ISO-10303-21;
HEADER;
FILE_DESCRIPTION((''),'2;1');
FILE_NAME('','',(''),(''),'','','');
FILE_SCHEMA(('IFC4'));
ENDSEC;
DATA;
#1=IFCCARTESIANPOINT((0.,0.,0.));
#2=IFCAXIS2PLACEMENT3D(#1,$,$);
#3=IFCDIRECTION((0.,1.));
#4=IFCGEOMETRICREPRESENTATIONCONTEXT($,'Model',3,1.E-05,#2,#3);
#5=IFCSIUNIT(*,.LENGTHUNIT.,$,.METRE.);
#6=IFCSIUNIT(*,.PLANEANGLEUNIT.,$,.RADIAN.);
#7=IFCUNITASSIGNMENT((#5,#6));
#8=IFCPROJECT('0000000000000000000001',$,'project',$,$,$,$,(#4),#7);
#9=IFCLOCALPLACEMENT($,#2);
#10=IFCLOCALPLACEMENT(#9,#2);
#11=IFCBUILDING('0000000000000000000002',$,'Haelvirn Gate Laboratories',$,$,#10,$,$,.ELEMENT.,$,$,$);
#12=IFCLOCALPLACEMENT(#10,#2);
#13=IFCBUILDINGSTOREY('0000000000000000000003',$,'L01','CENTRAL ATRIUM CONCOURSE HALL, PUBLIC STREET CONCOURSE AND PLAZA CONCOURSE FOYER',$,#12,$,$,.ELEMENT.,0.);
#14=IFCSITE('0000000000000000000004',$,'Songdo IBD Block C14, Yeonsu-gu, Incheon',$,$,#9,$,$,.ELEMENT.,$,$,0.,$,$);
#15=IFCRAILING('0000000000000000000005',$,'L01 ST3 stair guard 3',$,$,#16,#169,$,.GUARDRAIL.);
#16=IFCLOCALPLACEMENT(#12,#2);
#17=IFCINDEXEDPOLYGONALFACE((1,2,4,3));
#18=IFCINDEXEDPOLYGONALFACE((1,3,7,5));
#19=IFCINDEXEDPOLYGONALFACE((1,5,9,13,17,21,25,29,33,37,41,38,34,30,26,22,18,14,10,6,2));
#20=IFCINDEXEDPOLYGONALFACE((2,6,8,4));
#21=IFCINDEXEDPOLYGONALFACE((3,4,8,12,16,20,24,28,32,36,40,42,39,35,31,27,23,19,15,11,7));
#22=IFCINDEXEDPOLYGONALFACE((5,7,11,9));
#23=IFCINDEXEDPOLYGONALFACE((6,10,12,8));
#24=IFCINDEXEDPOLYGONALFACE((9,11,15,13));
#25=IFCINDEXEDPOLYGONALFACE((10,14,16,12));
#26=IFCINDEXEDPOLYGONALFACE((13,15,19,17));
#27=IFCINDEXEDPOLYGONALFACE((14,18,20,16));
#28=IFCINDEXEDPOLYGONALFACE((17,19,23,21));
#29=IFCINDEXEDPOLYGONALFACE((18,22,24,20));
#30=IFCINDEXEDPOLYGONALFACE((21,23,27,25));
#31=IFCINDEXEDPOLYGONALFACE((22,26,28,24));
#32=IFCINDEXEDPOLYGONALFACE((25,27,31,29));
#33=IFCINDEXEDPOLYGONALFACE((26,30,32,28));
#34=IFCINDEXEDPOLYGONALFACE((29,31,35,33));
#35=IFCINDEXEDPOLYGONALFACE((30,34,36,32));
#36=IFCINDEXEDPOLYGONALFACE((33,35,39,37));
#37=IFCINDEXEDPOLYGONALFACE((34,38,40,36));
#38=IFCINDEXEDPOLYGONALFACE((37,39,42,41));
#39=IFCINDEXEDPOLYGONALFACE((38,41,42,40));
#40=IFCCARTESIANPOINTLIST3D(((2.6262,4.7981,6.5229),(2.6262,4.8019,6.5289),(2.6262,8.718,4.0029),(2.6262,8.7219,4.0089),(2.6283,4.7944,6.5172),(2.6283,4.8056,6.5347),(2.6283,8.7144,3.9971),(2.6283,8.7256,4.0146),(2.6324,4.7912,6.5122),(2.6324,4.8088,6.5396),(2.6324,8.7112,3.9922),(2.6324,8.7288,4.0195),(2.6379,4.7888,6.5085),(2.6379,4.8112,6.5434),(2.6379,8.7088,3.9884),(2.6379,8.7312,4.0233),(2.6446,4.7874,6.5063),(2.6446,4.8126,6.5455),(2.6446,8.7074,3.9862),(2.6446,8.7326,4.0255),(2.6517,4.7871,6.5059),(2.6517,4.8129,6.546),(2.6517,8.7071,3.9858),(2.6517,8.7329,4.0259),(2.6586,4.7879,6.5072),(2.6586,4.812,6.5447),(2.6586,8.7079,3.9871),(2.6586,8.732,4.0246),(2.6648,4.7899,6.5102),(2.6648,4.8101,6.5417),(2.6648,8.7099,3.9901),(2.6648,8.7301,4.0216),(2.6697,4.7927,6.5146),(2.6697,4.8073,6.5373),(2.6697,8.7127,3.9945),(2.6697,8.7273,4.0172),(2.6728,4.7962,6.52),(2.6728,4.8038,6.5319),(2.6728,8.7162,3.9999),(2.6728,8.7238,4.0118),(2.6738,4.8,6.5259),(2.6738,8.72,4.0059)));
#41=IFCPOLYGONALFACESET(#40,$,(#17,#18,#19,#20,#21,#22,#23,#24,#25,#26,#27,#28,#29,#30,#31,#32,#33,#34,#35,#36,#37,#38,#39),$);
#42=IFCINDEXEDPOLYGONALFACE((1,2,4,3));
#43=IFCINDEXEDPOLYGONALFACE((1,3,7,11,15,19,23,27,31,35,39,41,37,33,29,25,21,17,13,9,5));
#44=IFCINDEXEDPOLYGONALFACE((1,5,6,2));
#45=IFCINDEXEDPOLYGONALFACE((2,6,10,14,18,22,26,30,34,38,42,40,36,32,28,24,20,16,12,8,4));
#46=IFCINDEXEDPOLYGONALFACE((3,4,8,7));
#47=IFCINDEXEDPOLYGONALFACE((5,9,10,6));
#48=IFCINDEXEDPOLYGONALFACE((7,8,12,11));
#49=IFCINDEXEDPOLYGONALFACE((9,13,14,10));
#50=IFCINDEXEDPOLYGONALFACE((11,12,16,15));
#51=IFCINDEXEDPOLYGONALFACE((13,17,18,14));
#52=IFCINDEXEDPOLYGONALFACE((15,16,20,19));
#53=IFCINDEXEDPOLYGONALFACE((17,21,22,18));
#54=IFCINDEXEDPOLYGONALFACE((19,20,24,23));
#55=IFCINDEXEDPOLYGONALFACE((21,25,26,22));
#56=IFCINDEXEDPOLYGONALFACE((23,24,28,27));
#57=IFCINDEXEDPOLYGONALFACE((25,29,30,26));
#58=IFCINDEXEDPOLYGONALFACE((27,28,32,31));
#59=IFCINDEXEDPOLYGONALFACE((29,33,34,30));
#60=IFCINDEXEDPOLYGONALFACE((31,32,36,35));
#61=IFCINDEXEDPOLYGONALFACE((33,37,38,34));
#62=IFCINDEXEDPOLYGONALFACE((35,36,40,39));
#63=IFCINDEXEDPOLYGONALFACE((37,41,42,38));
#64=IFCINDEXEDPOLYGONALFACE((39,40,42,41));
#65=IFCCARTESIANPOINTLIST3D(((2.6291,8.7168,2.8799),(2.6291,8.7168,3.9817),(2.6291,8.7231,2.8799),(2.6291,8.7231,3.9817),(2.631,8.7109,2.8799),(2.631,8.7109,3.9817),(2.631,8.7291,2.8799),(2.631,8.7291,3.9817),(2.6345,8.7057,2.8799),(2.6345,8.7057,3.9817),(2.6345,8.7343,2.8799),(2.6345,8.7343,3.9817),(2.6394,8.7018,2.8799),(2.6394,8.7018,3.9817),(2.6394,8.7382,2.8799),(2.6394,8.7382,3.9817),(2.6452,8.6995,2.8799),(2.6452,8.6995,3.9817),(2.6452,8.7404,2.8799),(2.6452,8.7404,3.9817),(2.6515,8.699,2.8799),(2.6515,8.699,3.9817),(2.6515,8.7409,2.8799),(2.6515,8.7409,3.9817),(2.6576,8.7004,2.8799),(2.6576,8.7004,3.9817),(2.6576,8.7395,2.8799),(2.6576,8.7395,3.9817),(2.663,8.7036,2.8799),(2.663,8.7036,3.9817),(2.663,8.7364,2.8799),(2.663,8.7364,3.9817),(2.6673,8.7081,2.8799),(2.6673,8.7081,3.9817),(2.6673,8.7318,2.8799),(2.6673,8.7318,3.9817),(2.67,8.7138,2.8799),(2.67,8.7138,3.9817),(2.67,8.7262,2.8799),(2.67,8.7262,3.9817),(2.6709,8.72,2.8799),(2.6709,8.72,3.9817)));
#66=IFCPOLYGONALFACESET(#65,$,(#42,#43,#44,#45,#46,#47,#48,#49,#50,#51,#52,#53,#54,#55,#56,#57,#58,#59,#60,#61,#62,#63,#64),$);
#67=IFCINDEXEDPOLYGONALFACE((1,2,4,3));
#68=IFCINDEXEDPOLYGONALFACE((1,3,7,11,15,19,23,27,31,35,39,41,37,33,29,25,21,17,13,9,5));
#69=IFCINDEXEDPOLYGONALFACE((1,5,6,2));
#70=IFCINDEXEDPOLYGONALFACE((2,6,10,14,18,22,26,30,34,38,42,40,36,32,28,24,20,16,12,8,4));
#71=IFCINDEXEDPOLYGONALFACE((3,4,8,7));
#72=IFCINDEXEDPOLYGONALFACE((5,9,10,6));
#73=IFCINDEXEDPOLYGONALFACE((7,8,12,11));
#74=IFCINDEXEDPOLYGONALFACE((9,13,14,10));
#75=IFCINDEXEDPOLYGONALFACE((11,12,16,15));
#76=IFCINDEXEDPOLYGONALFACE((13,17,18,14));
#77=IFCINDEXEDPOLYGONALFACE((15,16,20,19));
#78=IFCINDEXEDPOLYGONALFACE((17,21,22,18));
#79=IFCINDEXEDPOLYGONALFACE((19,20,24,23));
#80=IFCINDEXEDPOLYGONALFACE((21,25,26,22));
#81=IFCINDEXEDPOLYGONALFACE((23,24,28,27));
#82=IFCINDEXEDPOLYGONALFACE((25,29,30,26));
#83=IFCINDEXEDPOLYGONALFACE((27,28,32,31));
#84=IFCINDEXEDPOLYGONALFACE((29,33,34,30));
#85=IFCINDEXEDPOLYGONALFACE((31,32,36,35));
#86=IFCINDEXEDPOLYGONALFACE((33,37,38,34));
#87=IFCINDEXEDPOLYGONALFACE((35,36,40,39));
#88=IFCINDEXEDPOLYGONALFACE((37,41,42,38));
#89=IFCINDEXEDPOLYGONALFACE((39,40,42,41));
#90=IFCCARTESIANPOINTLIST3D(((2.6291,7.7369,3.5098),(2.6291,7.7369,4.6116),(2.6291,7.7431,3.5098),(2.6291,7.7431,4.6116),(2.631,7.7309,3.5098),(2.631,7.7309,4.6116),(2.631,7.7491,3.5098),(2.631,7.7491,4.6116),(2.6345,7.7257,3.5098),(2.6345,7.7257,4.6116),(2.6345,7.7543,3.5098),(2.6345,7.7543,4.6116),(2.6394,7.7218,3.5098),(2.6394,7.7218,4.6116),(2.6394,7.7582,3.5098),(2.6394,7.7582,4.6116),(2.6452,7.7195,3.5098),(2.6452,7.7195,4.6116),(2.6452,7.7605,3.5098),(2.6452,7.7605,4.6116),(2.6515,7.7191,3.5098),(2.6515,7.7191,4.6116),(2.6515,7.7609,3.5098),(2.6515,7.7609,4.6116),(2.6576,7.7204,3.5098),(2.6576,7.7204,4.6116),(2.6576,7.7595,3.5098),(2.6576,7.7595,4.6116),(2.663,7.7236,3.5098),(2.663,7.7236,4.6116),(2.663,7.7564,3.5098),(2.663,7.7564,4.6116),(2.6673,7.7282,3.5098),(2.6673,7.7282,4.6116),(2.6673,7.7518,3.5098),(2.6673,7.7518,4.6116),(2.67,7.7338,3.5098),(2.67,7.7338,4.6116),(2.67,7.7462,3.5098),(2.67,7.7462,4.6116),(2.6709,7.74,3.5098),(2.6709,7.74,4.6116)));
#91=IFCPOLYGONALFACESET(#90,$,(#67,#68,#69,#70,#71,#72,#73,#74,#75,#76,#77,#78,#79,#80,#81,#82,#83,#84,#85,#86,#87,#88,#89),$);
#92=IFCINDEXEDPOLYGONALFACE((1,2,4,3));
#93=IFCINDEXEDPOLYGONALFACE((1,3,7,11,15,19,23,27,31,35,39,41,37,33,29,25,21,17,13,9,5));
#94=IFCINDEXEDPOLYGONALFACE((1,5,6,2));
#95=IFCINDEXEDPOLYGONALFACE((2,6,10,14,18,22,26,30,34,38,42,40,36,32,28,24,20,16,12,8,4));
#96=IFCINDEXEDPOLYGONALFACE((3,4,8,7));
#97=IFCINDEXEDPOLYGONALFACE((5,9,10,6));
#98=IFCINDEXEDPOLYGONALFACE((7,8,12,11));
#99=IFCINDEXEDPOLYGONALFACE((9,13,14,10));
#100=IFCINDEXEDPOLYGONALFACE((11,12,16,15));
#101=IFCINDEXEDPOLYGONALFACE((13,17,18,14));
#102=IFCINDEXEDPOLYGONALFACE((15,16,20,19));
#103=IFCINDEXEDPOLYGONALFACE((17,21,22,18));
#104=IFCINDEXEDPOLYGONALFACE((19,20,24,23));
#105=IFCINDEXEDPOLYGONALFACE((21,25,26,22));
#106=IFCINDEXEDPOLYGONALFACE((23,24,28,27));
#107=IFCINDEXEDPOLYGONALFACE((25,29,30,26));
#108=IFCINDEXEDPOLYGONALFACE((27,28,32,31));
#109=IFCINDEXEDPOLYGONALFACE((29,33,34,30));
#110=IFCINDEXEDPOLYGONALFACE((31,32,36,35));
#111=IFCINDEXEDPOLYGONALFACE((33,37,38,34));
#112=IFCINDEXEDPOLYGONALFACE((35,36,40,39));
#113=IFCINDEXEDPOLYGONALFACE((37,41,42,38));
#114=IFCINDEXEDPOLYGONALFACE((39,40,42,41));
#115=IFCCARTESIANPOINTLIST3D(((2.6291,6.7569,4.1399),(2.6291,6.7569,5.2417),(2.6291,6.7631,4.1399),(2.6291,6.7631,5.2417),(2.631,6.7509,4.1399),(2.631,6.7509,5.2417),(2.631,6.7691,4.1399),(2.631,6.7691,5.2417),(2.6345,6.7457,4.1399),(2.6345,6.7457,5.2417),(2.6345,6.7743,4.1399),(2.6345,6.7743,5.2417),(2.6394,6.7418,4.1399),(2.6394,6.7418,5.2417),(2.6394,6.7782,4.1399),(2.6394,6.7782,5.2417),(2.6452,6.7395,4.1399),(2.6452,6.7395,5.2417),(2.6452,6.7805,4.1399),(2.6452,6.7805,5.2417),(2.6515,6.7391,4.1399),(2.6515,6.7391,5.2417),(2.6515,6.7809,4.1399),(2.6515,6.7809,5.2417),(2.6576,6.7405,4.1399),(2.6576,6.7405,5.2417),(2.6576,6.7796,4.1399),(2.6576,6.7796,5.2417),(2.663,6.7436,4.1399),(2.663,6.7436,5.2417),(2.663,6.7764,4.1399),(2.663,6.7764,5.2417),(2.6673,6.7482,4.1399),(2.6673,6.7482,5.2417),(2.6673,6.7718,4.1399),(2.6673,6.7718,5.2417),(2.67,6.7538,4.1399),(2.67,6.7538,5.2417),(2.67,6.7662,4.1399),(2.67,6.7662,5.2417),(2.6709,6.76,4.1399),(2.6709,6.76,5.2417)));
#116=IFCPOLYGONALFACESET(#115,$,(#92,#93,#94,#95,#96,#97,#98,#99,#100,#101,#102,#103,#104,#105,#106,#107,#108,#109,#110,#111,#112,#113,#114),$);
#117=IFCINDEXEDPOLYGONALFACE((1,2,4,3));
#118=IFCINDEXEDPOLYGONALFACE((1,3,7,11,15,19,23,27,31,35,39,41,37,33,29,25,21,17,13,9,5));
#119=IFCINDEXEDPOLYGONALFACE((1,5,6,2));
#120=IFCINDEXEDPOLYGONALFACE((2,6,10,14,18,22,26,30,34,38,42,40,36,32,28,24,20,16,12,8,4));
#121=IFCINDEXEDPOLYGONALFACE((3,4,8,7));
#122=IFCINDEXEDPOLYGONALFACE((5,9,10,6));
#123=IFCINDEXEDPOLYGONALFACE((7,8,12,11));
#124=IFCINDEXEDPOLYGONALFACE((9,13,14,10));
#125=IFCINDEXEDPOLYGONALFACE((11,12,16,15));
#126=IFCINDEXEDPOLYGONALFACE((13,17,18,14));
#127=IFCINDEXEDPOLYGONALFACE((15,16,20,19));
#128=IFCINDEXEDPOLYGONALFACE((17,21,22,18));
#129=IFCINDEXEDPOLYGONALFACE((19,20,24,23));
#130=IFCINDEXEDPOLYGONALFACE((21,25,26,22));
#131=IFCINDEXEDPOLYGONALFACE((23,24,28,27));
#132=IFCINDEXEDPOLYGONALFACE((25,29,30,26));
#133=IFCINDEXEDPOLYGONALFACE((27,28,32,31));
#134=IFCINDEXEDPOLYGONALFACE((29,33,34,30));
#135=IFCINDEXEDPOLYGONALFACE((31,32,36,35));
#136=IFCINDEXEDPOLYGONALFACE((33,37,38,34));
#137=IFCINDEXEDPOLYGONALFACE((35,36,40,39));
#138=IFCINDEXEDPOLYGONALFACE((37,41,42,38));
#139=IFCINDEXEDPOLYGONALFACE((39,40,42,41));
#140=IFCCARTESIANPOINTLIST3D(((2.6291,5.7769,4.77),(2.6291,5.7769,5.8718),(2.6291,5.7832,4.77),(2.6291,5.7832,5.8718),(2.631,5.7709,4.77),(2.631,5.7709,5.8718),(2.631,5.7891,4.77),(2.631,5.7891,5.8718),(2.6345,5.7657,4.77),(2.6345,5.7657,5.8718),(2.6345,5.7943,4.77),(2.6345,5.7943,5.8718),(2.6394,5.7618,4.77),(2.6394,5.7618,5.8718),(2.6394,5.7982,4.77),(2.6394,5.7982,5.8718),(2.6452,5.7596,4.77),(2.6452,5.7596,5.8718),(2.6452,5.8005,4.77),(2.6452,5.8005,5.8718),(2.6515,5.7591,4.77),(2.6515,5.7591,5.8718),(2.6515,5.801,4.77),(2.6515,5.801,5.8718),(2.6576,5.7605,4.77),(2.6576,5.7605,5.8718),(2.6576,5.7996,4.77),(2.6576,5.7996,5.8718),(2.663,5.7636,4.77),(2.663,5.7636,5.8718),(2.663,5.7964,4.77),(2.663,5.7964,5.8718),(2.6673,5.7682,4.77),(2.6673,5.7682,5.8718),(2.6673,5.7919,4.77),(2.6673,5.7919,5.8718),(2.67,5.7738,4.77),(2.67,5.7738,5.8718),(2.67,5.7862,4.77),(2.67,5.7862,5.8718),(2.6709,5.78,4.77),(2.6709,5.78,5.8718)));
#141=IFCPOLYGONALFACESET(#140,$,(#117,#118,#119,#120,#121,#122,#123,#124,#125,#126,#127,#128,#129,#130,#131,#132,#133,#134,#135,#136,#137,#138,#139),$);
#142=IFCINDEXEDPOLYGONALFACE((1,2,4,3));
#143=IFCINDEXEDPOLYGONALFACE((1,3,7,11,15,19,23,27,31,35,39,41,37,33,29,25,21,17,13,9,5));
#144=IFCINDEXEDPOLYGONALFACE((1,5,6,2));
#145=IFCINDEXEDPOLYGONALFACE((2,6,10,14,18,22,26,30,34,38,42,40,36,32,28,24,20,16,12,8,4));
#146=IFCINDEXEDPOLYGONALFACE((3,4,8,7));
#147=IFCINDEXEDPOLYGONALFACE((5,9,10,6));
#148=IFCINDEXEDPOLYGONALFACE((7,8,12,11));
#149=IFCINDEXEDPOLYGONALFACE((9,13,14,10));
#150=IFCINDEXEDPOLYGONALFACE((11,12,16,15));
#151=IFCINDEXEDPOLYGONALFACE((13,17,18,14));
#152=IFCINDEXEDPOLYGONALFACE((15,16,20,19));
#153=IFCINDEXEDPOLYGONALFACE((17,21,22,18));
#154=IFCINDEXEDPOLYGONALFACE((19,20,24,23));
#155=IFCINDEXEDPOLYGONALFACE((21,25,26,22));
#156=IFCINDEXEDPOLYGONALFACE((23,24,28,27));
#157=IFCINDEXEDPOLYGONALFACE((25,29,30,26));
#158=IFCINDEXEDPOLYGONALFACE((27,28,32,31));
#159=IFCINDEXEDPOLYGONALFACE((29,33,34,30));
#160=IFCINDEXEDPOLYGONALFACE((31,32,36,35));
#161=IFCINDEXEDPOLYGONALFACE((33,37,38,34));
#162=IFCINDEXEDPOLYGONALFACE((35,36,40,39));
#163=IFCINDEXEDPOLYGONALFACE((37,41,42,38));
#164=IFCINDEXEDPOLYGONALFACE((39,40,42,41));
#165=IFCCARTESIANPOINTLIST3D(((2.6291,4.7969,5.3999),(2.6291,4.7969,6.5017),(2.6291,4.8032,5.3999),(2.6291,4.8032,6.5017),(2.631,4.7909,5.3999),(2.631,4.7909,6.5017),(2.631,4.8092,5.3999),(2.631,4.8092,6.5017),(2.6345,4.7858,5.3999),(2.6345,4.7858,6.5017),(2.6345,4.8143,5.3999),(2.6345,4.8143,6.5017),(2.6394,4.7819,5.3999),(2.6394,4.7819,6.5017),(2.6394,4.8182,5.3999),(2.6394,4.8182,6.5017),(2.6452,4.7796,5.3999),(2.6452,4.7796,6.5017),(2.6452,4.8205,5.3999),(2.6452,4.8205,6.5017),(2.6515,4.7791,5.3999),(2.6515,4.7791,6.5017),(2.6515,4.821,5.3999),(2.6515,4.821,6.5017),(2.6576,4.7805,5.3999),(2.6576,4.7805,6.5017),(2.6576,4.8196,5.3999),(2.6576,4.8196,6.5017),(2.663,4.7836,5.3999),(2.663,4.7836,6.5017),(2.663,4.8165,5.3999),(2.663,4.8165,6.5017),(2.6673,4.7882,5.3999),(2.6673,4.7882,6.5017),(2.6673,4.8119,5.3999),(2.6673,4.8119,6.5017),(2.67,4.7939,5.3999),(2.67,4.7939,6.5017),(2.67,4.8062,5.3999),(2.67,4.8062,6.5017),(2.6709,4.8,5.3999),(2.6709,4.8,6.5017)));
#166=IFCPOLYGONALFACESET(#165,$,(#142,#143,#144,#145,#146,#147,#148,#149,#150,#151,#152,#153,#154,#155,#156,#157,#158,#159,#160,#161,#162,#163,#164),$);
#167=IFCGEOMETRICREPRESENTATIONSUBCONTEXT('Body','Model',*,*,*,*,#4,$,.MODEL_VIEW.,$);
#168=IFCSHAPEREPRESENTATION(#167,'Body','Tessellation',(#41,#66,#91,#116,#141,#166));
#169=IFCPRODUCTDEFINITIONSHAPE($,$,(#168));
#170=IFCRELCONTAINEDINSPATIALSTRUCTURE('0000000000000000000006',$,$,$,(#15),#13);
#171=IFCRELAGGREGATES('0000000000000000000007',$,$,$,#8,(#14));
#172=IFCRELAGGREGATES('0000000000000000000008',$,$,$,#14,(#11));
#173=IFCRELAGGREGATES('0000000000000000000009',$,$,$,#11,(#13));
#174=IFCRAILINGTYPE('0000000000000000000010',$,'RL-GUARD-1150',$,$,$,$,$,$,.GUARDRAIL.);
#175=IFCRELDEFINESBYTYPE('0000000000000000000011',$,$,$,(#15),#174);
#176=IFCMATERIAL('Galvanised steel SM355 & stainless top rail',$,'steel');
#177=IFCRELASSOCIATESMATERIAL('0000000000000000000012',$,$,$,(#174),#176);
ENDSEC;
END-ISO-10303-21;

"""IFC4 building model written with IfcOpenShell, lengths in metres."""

from ifc_helpers import new_model, si_unit, direction, frame, origin, origin_2d, place, context, subcontext, project, spatial, circle, extrude, source, transform, mapped, material, type_object, element, save


model = new_model("IFC4")

# Units and contexts
model_context = context("Model", 3, precision=1e-05, world=origin(), true_north=direction((0.0, 1.0)))
body_context = subcontext(model_context, "Body", "Model", "MODEL_VIEW")
ifc_project = project(units=[si_unit("LENGTHUNIT", "METRE"), si_unit("PLANEANGLEUNIT", "RADIAN")], contexts=[model_context])

# Site, building, storey
site_placement = place(None, origin())
site = spatial("IfcSite", under=ifc_project, at=site_placement, Name="Songdo IBD Block C14, Yeonsu-gu, Incheon", CompositionType="ELEMENT", RefElevation=0.0)
building_placement = place(site_placement, origin())
building = spatial("IfcBuilding", under=site, at=building_placement, Name="Haelvirn Gate Laboratories", CompositionType="ELEMENT")
storey_placement = place(building_placement, origin())
storey = spatial("IfcBuildingStorey", under=building, at=storey_placement, Name="L01", Description="CENTRAL ATRIUM CONCOURSE HALL, PUBLIC STREET CONCOURSE AND PLAZA CONCOURSE FOYER", CompositionType="ELEMENT", Elevation=0.0)

# Railing
ifc_material_1 = material(Name="Galvanised steel SM355 & stainless top rail", Category="steel")
railing_type_1 = type_object("IfcRailingType", Name="RL-GUARD-1150", PredefinedType="GUARDRAIL", material=ifc_material_1)
shared_shape_1 = source(origin(), body_context, "Body", "SweptSolid", [
    extrude(circle(Radius=0.0239, at=origin_2d()), frame((0.0, 0.0, 1.126), z_axis=(0.0, -0.841172, 0.540768), x_axis=(1.0, 0.0, 0.0)), (0.0, 0.0, 1.0), 4.6602),
    extrude(circle(Radius=0.021, at=origin_2d()), origin(), (0.0, 0.0, 1.0), 1.1018),
    extrude(circle(Radius=0.021, at=origin_2d()), frame((0.0, -0.98, 0.6299)), (0.0, 0.0, 1.0), 1.1018),
    extrude(circle(Radius=0.021, at=origin_2d()), frame((0.0, -1.96, 1.26)), (0.0, 0.0, 1.0), 1.1018),
    extrude(circle(Radius=0.021, at=origin_2d()), frame((0.0, -2.9399, 1.8901)), (0.0, 0.0, 1.0), 1.1018),
    extrude(circle(Radius=0.021, at=origin_2d()), frame((0.0, -3.9199, 2.52)), (0.0, 0.0, 1.0), 1.1018),
])
railing_1_placement = place(storey_placement, frame((2.6499, 8.72, 2.8799)))
element("IfcRailing", 1, at=railing_1_placement, inside=storey, type_object=railing_type_1, Name="L01 ST3 stair guard 3", PredefinedType="GUARDRAIL", context=body_context, shape_type="MappedRepresentation", body=[
    mapped(shared_shape_1, transform((0.0, 0.0, 0.0), scale=1.0)),
])

save(model, "model.ifc")
